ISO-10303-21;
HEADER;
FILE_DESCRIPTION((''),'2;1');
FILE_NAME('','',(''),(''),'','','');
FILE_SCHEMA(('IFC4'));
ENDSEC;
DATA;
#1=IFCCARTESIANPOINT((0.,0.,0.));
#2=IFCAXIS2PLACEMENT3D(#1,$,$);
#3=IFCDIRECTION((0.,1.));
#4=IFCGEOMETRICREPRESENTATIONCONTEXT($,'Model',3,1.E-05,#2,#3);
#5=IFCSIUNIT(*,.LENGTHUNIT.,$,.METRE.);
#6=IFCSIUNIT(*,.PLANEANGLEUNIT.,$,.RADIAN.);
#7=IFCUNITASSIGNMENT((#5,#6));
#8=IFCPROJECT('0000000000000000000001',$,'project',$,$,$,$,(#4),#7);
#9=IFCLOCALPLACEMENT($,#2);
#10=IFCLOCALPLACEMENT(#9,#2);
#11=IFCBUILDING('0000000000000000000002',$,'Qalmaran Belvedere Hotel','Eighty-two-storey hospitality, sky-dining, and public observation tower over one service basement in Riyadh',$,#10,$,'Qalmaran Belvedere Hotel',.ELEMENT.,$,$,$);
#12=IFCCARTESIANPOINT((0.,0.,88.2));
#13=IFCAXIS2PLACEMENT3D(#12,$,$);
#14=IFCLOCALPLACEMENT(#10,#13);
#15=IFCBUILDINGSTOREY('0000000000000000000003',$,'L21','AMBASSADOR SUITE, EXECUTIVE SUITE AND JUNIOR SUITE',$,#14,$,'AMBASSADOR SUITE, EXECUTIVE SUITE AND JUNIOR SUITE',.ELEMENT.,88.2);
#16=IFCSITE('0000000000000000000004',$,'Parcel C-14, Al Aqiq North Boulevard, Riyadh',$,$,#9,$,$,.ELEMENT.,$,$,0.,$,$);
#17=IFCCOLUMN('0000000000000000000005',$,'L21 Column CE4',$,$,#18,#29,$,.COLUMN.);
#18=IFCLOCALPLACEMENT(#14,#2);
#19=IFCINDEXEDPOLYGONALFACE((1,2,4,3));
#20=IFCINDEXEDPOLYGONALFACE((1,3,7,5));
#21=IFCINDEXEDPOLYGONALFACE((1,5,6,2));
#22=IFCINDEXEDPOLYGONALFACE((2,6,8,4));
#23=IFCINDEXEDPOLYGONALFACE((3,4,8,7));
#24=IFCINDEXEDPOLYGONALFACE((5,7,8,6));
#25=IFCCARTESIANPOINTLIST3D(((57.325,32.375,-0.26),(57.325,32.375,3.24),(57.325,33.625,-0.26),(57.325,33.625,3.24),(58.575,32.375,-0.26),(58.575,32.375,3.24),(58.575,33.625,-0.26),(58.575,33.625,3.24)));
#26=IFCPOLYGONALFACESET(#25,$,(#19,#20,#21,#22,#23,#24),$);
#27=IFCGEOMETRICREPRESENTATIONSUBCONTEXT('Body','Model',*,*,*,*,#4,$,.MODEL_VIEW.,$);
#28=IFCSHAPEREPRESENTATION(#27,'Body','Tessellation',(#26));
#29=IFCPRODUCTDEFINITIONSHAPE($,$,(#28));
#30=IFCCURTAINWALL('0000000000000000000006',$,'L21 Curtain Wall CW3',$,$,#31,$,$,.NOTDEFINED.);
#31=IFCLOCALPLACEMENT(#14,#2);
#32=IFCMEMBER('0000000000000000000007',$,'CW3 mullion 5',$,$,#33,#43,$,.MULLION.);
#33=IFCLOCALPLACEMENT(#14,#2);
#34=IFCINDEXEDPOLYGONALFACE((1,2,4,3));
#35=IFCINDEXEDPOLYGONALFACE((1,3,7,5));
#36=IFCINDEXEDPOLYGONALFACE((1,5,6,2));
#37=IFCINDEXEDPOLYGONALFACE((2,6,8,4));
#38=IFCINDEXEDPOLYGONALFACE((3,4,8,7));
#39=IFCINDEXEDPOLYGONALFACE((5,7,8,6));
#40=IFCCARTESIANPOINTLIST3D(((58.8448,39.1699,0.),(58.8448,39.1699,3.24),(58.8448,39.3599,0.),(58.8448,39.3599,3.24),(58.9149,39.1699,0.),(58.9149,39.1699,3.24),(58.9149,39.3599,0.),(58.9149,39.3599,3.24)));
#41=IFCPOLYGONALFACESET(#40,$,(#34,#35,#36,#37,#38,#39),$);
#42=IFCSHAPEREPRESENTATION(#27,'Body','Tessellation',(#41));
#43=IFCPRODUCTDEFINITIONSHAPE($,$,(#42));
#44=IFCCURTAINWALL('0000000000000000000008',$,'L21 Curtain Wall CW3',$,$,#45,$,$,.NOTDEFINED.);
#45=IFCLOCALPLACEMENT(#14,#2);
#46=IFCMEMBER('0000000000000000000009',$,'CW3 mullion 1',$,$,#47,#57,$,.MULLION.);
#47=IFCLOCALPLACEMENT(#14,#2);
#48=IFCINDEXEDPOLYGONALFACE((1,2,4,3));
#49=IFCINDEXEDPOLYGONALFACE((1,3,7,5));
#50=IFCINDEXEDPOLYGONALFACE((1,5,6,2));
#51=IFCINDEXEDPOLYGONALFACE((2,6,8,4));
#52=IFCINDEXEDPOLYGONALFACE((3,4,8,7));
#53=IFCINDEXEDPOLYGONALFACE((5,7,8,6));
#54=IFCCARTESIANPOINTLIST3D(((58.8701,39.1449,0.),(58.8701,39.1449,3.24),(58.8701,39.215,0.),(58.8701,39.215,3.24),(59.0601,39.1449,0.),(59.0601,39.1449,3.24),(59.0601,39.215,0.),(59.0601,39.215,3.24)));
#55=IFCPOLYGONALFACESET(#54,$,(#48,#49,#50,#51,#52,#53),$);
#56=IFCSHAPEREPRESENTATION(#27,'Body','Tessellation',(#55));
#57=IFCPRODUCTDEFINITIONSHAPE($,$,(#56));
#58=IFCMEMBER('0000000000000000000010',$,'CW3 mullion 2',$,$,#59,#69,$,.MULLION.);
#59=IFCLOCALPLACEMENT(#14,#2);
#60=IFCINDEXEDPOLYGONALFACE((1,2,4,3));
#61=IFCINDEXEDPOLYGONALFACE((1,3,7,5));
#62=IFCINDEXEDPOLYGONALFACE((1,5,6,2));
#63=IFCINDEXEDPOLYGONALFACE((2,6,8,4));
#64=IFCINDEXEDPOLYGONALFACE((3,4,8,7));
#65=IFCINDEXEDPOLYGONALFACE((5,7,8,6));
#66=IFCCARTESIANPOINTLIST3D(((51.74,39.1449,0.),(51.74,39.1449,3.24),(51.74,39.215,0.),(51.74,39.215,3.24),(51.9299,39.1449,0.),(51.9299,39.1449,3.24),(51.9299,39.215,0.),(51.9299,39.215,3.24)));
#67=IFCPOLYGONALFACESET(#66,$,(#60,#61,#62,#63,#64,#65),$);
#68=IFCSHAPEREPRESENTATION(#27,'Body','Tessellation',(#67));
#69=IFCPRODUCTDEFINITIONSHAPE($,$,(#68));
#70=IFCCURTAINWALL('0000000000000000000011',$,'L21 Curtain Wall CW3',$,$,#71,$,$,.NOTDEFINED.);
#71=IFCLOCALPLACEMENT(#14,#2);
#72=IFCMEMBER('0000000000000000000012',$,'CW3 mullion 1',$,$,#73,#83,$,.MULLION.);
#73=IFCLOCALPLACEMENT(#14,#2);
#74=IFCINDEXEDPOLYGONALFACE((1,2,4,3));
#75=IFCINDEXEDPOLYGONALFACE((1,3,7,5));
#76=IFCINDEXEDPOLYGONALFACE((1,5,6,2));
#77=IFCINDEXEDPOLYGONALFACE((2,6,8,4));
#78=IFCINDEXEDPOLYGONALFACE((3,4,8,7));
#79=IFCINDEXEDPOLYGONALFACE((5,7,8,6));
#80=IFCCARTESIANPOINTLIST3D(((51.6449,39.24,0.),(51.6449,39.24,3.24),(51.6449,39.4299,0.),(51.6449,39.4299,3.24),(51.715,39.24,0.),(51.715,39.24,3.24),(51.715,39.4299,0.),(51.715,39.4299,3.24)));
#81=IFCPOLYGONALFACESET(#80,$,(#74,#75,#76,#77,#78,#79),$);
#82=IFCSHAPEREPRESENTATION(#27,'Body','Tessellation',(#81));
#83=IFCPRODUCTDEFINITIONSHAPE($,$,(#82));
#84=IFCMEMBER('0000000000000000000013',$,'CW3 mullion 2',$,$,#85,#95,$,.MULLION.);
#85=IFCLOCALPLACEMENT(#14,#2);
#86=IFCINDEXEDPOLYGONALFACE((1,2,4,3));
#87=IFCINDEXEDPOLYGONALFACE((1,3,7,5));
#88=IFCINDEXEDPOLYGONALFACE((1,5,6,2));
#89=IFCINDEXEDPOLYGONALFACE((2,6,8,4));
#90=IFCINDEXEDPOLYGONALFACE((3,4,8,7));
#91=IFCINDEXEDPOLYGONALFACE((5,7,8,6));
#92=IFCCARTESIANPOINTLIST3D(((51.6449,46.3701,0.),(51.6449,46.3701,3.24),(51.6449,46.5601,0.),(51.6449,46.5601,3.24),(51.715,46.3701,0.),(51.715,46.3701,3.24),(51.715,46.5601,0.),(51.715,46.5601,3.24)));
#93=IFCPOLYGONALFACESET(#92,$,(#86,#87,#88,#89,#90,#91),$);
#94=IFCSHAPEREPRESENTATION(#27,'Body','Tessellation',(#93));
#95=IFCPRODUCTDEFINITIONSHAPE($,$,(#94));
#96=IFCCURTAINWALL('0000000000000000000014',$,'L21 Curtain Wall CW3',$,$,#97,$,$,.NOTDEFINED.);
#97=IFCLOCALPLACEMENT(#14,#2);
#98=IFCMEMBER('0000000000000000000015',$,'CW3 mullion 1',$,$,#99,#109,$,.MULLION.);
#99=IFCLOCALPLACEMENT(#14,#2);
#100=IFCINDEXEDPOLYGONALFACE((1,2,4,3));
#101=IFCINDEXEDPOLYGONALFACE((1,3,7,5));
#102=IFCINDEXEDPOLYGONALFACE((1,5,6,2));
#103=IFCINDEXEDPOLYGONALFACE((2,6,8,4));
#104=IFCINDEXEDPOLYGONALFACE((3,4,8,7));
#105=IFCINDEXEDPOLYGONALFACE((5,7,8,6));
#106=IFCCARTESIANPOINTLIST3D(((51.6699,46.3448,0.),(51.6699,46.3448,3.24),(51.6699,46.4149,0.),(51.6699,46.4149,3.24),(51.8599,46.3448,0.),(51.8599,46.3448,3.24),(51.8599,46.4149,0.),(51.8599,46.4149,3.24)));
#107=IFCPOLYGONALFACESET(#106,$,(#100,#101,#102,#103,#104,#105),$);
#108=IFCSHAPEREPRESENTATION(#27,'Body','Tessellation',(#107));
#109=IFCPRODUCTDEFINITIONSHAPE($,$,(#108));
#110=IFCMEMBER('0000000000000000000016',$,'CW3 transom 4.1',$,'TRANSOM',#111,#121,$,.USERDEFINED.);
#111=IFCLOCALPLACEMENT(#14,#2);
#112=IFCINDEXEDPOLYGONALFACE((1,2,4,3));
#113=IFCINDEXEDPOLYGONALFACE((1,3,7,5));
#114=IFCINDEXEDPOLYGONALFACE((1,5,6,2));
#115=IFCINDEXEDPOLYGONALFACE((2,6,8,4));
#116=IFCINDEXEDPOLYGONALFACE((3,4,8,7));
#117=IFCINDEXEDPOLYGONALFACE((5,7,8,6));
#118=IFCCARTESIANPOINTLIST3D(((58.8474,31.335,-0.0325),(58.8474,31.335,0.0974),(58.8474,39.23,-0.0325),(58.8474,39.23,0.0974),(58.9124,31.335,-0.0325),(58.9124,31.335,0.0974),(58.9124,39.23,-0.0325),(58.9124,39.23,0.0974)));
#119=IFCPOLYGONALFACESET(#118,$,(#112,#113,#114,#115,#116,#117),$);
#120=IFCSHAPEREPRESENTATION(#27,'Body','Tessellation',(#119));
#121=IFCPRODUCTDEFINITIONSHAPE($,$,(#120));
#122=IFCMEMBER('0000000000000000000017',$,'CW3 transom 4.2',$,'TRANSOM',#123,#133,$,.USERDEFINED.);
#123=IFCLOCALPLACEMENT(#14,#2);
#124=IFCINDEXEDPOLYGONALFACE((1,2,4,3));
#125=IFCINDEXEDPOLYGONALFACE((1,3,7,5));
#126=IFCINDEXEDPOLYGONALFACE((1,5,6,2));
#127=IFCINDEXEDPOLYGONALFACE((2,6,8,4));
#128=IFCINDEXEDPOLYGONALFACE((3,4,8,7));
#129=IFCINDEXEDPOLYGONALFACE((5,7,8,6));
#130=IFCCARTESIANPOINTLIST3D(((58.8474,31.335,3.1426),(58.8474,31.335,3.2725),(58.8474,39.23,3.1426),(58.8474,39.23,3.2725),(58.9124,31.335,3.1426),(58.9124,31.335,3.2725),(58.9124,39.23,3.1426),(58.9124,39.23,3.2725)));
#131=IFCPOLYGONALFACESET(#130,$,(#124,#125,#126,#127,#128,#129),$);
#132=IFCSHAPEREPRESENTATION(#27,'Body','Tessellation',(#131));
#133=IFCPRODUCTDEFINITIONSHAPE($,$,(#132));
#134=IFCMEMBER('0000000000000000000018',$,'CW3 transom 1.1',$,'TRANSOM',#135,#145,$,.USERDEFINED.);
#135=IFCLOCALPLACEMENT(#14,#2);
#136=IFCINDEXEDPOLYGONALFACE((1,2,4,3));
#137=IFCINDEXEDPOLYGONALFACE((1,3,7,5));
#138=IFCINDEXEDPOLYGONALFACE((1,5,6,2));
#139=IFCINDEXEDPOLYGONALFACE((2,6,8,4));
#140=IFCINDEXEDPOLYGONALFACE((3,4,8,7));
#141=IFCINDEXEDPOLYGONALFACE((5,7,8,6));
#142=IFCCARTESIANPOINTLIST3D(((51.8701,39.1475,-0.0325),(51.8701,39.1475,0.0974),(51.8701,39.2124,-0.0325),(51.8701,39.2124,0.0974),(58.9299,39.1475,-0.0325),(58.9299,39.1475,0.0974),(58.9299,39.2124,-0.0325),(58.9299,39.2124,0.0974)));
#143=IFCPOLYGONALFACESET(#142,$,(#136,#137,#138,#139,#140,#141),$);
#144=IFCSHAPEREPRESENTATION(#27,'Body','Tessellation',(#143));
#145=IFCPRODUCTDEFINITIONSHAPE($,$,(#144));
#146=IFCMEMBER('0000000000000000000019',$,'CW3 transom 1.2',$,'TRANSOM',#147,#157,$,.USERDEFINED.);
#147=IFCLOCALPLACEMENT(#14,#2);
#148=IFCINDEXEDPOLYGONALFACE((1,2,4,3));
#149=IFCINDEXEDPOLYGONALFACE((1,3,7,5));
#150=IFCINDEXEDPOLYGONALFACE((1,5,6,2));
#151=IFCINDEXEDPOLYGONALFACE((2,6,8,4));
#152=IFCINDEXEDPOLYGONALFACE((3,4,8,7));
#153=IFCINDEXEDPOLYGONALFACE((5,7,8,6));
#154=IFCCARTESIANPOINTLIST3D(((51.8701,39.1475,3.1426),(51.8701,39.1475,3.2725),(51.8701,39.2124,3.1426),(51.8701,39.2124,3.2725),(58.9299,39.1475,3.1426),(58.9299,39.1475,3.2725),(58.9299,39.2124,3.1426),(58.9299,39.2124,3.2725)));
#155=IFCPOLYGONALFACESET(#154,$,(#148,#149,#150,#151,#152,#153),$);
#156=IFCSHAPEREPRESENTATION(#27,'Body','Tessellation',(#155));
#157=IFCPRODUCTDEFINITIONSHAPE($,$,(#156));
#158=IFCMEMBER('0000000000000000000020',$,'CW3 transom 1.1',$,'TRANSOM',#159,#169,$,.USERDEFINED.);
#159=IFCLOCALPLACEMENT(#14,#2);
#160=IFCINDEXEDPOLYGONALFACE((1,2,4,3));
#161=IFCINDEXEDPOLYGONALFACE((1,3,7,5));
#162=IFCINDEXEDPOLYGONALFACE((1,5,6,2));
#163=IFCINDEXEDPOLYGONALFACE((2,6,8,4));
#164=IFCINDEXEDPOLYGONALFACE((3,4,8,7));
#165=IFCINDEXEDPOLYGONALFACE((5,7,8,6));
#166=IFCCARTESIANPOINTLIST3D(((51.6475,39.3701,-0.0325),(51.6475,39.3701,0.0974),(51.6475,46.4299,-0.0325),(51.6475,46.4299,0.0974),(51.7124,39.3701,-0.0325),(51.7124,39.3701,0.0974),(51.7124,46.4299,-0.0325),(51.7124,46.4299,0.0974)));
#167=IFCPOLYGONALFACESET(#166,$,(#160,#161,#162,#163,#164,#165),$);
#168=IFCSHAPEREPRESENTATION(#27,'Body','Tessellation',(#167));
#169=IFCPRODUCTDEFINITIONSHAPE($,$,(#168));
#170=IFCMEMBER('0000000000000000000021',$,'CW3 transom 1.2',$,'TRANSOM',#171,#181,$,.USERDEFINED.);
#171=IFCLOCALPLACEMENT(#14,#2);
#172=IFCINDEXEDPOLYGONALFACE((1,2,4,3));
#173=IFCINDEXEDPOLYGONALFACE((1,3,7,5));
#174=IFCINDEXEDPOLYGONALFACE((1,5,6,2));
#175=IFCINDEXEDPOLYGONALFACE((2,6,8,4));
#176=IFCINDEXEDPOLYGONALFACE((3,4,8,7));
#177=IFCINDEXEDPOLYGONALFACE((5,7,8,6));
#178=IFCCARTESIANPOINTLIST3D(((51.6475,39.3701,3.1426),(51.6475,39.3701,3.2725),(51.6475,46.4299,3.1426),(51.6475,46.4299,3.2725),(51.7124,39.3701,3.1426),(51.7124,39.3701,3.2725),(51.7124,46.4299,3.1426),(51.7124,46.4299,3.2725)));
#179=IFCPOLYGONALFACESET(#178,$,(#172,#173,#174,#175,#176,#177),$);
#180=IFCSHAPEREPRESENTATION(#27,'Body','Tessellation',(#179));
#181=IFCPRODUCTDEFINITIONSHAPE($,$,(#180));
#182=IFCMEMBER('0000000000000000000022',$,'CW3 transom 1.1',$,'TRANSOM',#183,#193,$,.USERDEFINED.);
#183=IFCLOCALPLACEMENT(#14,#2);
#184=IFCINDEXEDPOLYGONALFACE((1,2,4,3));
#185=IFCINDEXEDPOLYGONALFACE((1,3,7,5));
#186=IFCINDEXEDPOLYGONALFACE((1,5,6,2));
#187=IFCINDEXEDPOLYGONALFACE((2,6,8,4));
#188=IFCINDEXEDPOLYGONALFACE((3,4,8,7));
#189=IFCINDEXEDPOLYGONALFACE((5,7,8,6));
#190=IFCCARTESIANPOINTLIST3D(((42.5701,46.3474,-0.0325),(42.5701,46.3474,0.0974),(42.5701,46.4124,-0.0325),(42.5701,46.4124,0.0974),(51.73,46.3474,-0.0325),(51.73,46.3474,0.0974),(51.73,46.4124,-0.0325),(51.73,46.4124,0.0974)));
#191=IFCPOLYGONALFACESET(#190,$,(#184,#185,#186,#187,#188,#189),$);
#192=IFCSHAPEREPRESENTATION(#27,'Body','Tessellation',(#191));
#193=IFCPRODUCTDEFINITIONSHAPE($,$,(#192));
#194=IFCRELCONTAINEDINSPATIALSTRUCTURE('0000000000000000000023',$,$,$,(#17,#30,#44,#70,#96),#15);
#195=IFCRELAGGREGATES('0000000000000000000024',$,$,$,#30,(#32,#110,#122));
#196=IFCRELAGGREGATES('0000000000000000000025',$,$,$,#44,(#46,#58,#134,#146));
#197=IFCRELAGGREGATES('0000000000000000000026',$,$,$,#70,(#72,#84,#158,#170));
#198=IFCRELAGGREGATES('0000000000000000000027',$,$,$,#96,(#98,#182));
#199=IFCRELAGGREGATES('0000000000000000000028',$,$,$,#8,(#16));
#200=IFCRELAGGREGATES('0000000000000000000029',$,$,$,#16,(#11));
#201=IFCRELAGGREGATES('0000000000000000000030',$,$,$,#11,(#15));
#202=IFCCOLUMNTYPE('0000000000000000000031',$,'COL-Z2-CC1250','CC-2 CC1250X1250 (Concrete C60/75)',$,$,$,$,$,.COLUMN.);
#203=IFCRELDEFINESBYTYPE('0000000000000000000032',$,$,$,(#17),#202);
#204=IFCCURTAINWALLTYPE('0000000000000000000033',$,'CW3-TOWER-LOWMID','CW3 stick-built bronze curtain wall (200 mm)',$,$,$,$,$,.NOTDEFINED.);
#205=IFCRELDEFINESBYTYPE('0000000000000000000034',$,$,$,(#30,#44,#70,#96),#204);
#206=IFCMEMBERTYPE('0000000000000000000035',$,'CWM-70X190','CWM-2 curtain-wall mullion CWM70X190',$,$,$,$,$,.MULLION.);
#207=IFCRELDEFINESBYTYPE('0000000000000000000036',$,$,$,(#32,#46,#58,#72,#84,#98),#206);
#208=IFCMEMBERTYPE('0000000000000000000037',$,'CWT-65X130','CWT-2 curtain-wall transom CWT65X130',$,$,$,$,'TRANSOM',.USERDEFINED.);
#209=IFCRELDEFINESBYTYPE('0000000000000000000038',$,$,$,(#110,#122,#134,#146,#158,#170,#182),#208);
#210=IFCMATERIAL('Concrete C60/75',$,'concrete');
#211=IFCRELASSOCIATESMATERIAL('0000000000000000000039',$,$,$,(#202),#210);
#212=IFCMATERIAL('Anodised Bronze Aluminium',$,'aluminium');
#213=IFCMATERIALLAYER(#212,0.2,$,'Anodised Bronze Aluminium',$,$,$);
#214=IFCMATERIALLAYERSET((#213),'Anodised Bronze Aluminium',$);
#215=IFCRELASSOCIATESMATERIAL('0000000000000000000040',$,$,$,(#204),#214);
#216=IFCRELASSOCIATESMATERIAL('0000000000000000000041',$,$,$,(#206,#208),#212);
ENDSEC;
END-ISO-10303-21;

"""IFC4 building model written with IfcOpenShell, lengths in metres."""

from ifc_helpers import new_model, si_unit, direction, frame, origin, origin_2d, place, context, subcontext, project, spatial, rectangle, extrude, material, layer, layer_set, material_profile, profile_set, type_object, element, aggregate, save


model = new_model("IFC4")

# Units and contexts
model_context = context("Model", 3, precision=1e-05, world=origin(), true_north=direction((0.0, 1.0)))
body_context = subcontext(model_context, "Body", "Model", "MODEL_VIEW")
ifc_project = project(units=[si_unit("LENGTHUNIT", "METRE"), si_unit("PLANEANGLEUNIT", "RADIAN")], contexts=[model_context])

# Site, building, storey
site_placement = place(None, origin())
site = spatial("IfcSite", under=ifc_project, at=site_placement, Name="Parcel C-14, Al Aqiq North Boulevard, Riyadh", CompositionType="ELEMENT", RefElevation=0.0)
building_placement = place(site_placement, origin())
building = spatial("IfcBuilding", under=site, at=building_placement, Name="Qalmaran Belvedere Hotel", Description="Eighty-two-storey hospitality, sky-dining, and public observation tower over one service basement in Riyadh", LongName="Qalmaran Belvedere Hotel", CompositionType="ELEMENT")
storey_placement = place(building_placement, frame((0.0, 0.0, 88.2)))
storey = spatial("IfcBuildingStorey", under=building, at=storey_placement, Name="L21", Description="AMBASSADOR SUITE, EXECUTIVE SUITE AND JUNIOR SUITE", LongName="AMBASSADOR SUITE, EXECUTIVE SUITE AND JUNIOR SUITE", CompositionType="ELEMENT", Elevation=88.2)

# Column
ifc_material_1 = material(Name="Concrete C60/75", Category="concrete")
ifc_material_profile_1 = material_profile(ifc_material_1, rectangle(XDim=1.25, YDim=1.25, at=origin_2d()), Name="CC1250X1250")
ifc_profile_set_1 = profile_set([ifc_material_profile_1], Name="Concrete C60/75")
column_type = type_object("IfcColumnType", Name="COL-Z2-CC1250", Description="CC-2 CC1250X1250 (Concrete C60/75)", PredefinedType="COLUMN", material=ifc_profile_set_1)
column_placement = place(storey_placement, frame((57.95, 33.0, -0.26), z_axis=(0.0, 0.0, 1.0), x_axis=(1.0, 0.0, 0.0)))
element("IfcColumn", 1, at=column_placement, inside=storey, type_object=column_type, Name="L21 Column CE4", PredefinedType="COLUMN", context=body_context, shape_type="SweptSolid", body=[
    extrude(rectangle(XDim=1.25, YDim=1.25, at=origin_2d()), origin(), (0.0, 0.0, 1.0), 3.5),
])

# Curtain wall, member
ifc_material_2 = material(Name="Anodised Bronze Aluminium", Category="aluminium")
ifc_layer_1 = layer(ifc_material_2, 0.2, Name="Anodised Bronze Aluminium")
ifc_layer_set_1 = layer_set([ifc_layer_1], Name="Anodised Bronze Aluminium")
curtain_wall_type = type_object("IfcCurtainWallType", Name="CW3-TOWER-LOWMID", Description="CW3 stick-built bronze curtain wall (200 mm)", PredefinedType="NOTDEFINED", material=ifc_layer_set_1)
curtain_wall_1_placement = place(storey_placement, origin())
curtain_wall_1 = element("IfcCurtainWall", 2, at=curtain_wall_1_placement, inside=storey, type_object=curtain_wall_type, Name="L21 Curtain Wall CW3", PredefinedType="NOTDEFINED")
ifc_material_profile_2 = material_profile(ifc_material_2, rectangle(XDim=0.0701, YDim=0.1899, at=origin_2d()), Name="CWM70X190")
ifc_profile_set_2 = profile_set([ifc_material_profile_2], Name="Anodised Bronze Aluminium")
member_type_1 = type_object("IfcMemberType", Name="CWM-70X190", Description="CWM-2 curtain-wall mullion CWM70X190", PredefinedType="MULLION", material=ifc_profile_set_2)
member_1_placement = place(storey_placement, frame((58.8799, 39.2649, 0.0), z_axis=(0.0, 0.0, 1.0), x_axis=(-1.0, 0.0, 0.0)))
member_1 = element("IfcMember", 3, at=member_1_placement, type_object=member_type_1, Name="CW3 mullion 5", PredefinedType="MULLION", context=body_context, shape_type="SweptSolid", body=[
    extrude(rectangle(XDim=0.0701, YDim=0.1899, at=origin_2d()), origin(), (0.0, 0.0, 1.0), 3.24),
])

# Curtain walls, members
curtain_wall_2_placement = place(storey_placement, origin())
curtain_wall_2 = element("IfcCurtainWall", 4, at=curtain_wall_2_placement, inside=storey, type_object=curtain_wall_type, Name="L21 Curtain Wall CW3", PredefinedType="NOTDEFINED")
member_2_placement = place(storey_placement, frame((58.9651, 39.1799, 0.0), z_axis=(0.0, 0.0, 1.0), x_axis=(0.0, -1.0, 0.0)))
member_2 = element("IfcMember", 5, at=member_2_placement, type_object=member_type_1, Name="CW3 mullion 1", PredefinedType="MULLION", context=body_context, shape_type="SweptSolid", body=[
    extrude(rectangle(XDim=0.0701, YDim=0.1899, at=origin_2d()), origin(), (0.0, 0.0, 1.0), 3.24),
])
member_3_placement = place(storey_placement, frame((51.835, 39.1799, 0.0), z_axis=(0.0, 0.0, 1.0), x_axis=(0.0, -1.0, 0.0)))
member_3 = element("IfcMember", 6, at=member_3_placement, type_object=member_type_1, Name="CW3 mullion 2", PredefinedType="MULLION", context=body_context, shape_type="SweptSolid", body=[
    extrude(rectangle(XDim=0.0701, YDim=0.1899, at=origin_2d()), origin(), (0.0, 0.0, 1.0), 3.24),
])
curtain_wall_3_placement = place(storey_placement, origin())
curtain_wall_3 = element("IfcCurtainWall", 7, at=curtain_wall_3_placement, inside=storey, type_object=curtain_wall_type, Name="L21 Curtain Wall CW3", PredefinedType="NOTDEFINED")
member_4_placement = place(storey_placement, frame((51.6799, 39.335, 0.0), z_axis=(0.0, 0.0, 1.0), x_axis=(-1.0, 0.0, 0.0)))
member_4 = element("IfcMember", 8, at=member_4_placement, type_object=member_type_1, Name="CW3 mullion 1", PredefinedType="MULLION", context=body_context, shape_type="SweptSolid", body=[
    extrude(rectangle(XDim=0.0701, YDim=0.1899, at=origin_2d()), origin(), (0.0, 0.0, 1.0), 3.24),
])
member_5_placement = place(storey_placement, frame((51.6799, 46.4651, 0.0), z_axis=(0.0, 0.0, 1.0), x_axis=(-1.0, 0.0, 0.0)))
member_5 = element("IfcMember", 9, at=member_5_placement, type_object=member_type_1, Name="CW3 mullion 2", PredefinedType="MULLION", context=body_context, shape_type="SweptSolid", body=[
    extrude(rectangle(XDim=0.0701, YDim=0.1899, at=origin_2d()), origin(), (0.0, 0.0, 1.0), 3.24),
])

# Curtain wall, member
curtain_wall_4_placement = place(storey_placement, origin())
curtain_wall_4 = element("IfcCurtainWall", 10, at=curtain_wall_4_placement, inside=storey, type_object=curtain_wall_type, Name="L21 Curtain Wall CW3", PredefinedType="NOTDEFINED")
member_6_placement = place(storey_placement, frame((51.7649, 46.3799, 0.0), z_axis=(0.0, 0.0, 1.0), x_axis=(0.0, -1.0, 0.0)))
member_6 = element("IfcMember", 11, at=member_6_placement, type_object=member_type_1, Name="CW3 mullion 1", PredefinedType="MULLION", context=body_context, shape_type="SweptSolid", body=[
    extrude(rectangle(XDim=0.0701, YDim=0.1899, at=origin_2d()), origin(), (0.0, 0.0, 1.0), 3.24),
])

# Members
ifc_material_profile_3 = material_profile(ifc_material_2, rectangle(XDim=0.0649, YDim=0.1299, at=origin_2d()), Name="CWT65X130")
ifc_profile_set_3 = profile_set([ifc_material_profile_3], Name="Anodised Bronze Aluminium")
member_type_2 = type_object("IfcMemberType", Name="CWT-65X130", Description="CWT-2 curtain-wall transom CWT65X130", ElementType="TRANSOM", PredefinedType="USERDEFINED", material=ifc_profile_set_3)
member_7_placement = place(storey_placement, frame((58.8799, 31.335, 0.0325), z_axis=(0.0, 1.0, 0.0), x_axis=(-1.0, 0.0, 0.0)))
member_7 = element("IfcMember", 12, at=member_7_placement, type_object=member_type_2, Name="CW3 transom 4.1", ObjectType="TRANSOM", PredefinedType="USERDEFINED", context=body_context, shape_type="SweptSolid", body=[
    extrude(rectangle(XDim=0.0649, YDim=0.1299, at=origin_2d()), origin(), (0.0, 0.0, 1.0), 7.895),
])
member_8_placement = place(storey_placement, frame((58.8799, 31.335, 3.2075), z_axis=(0.0, 1.0, 0.0), x_axis=(-1.0, 0.0, 0.0)))
member_8 = element("IfcMember", 13, at=member_8_placement, type_object=member_type_2, Name="CW3 transom 4.2", ObjectType="TRANSOM", PredefinedType="USERDEFINED", context=body_context, shape_type="SweptSolid", body=[
    extrude(rectangle(XDim=0.0649, YDim=0.1299, at=origin_2d()), origin(), (0.0, 0.0, 1.0), 7.895),
])
member_9_placement = place(storey_placement, frame((58.9299, 39.1799, 0.0325), z_axis=(-1.0, 0.0, 0.0), x_axis=(0.0, -1.0, 0.0)))
member_9 = element("IfcMember", 14, at=member_9_placement, type_object=member_type_2, Name="CW3 transom 1.1", ObjectType="TRANSOM", PredefinedType="USERDEFINED", context=body_context, shape_type="SweptSolid", body=[
    extrude(rectangle(XDim=0.0649, YDim=0.1299, at=origin_2d()), origin(), (0.0, 0.0, 1.0), 7.0598),
])
member_10_placement = place(storey_placement, frame((58.9299, 39.1799, 3.2075), z_axis=(-1.0, 0.0, 0.0), x_axis=(0.0, -1.0, 0.0)))
member_10 = element("IfcMember", 15, at=member_10_placement, type_object=member_type_2, Name="CW3 transom 1.2", ObjectType="TRANSOM", PredefinedType="USERDEFINED", context=body_context, shape_type="SweptSolid", body=[
    extrude(rectangle(XDim=0.0649, YDim=0.1299, at=origin_2d()), origin(), (0.0, 0.0, 1.0), 7.0598),
])
member_11_placement = place(storey_placement, frame((51.6799, 39.3701, 0.0325), z_axis=(0.0, 1.0, 0.0), x_axis=(-1.0, 0.0, 0.0)))
member_11 = element("IfcMember", 16, at=member_11_placement, type_object=member_type_2, Name="CW3 transom 1.1", ObjectType="TRANSOM", PredefinedType="USERDEFINED", context=body_context, shape_type="SweptSolid", body=[
    extrude(rectangle(XDim=0.0649, YDim=0.1299, at=origin_2d()), origin(), (0.0, 0.0, 1.0), 7.0598),
])
member_12_placement = place(storey_placement, frame((51.6799, 39.3701, 3.2075), z_axis=(0.0, 1.0, 0.0), x_axis=(-1.0, 0.0, 0.0)))
member_12 = element("IfcMember", 17, at=member_12_placement, type_object=member_type_2, Name="CW3 transom 1.2", ObjectType="TRANSOM", PredefinedType="USERDEFINED", context=body_context, shape_type="SweptSolid", body=[
    extrude(rectangle(XDim=0.0649, YDim=0.1299, at=origin_2d()), origin(), (0.0, 0.0, 1.0), 7.0598),
])
member_13_placement = place(storey_placement, frame((51.73, 46.3799, 0.0325), z_axis=(-1.0, 0.0, 0.0), x_axis=(0.0, -1.0, 0.0)))
member_13 = element("IfcMember", 18, at=member_13_placement, type_object=member_type_2, Name="CW3 transom 1.1", ObjectType="TRANSOM", PredefinedType="USERDEFINED", context=body_context, shape_type="SweptSolid", body=[
    extrude(rectangle(XDim=0.0649, YDim=0.1299, at=origin_2d()), origin(), (0.0, 0.0, 1.0), 9.1599),
])

aggregate(curtain_wall_1, [member_1, member_7, member_8])
aggregate(curtain_wall_2, [member_2, member_3, member_9, member_10])
aggregate(curtain_wall_3, [member_4, member_5, member_11, member_12])
aggregate(curtain_wall_4, [member_6, member_13])

save(model, "model.ifc")
